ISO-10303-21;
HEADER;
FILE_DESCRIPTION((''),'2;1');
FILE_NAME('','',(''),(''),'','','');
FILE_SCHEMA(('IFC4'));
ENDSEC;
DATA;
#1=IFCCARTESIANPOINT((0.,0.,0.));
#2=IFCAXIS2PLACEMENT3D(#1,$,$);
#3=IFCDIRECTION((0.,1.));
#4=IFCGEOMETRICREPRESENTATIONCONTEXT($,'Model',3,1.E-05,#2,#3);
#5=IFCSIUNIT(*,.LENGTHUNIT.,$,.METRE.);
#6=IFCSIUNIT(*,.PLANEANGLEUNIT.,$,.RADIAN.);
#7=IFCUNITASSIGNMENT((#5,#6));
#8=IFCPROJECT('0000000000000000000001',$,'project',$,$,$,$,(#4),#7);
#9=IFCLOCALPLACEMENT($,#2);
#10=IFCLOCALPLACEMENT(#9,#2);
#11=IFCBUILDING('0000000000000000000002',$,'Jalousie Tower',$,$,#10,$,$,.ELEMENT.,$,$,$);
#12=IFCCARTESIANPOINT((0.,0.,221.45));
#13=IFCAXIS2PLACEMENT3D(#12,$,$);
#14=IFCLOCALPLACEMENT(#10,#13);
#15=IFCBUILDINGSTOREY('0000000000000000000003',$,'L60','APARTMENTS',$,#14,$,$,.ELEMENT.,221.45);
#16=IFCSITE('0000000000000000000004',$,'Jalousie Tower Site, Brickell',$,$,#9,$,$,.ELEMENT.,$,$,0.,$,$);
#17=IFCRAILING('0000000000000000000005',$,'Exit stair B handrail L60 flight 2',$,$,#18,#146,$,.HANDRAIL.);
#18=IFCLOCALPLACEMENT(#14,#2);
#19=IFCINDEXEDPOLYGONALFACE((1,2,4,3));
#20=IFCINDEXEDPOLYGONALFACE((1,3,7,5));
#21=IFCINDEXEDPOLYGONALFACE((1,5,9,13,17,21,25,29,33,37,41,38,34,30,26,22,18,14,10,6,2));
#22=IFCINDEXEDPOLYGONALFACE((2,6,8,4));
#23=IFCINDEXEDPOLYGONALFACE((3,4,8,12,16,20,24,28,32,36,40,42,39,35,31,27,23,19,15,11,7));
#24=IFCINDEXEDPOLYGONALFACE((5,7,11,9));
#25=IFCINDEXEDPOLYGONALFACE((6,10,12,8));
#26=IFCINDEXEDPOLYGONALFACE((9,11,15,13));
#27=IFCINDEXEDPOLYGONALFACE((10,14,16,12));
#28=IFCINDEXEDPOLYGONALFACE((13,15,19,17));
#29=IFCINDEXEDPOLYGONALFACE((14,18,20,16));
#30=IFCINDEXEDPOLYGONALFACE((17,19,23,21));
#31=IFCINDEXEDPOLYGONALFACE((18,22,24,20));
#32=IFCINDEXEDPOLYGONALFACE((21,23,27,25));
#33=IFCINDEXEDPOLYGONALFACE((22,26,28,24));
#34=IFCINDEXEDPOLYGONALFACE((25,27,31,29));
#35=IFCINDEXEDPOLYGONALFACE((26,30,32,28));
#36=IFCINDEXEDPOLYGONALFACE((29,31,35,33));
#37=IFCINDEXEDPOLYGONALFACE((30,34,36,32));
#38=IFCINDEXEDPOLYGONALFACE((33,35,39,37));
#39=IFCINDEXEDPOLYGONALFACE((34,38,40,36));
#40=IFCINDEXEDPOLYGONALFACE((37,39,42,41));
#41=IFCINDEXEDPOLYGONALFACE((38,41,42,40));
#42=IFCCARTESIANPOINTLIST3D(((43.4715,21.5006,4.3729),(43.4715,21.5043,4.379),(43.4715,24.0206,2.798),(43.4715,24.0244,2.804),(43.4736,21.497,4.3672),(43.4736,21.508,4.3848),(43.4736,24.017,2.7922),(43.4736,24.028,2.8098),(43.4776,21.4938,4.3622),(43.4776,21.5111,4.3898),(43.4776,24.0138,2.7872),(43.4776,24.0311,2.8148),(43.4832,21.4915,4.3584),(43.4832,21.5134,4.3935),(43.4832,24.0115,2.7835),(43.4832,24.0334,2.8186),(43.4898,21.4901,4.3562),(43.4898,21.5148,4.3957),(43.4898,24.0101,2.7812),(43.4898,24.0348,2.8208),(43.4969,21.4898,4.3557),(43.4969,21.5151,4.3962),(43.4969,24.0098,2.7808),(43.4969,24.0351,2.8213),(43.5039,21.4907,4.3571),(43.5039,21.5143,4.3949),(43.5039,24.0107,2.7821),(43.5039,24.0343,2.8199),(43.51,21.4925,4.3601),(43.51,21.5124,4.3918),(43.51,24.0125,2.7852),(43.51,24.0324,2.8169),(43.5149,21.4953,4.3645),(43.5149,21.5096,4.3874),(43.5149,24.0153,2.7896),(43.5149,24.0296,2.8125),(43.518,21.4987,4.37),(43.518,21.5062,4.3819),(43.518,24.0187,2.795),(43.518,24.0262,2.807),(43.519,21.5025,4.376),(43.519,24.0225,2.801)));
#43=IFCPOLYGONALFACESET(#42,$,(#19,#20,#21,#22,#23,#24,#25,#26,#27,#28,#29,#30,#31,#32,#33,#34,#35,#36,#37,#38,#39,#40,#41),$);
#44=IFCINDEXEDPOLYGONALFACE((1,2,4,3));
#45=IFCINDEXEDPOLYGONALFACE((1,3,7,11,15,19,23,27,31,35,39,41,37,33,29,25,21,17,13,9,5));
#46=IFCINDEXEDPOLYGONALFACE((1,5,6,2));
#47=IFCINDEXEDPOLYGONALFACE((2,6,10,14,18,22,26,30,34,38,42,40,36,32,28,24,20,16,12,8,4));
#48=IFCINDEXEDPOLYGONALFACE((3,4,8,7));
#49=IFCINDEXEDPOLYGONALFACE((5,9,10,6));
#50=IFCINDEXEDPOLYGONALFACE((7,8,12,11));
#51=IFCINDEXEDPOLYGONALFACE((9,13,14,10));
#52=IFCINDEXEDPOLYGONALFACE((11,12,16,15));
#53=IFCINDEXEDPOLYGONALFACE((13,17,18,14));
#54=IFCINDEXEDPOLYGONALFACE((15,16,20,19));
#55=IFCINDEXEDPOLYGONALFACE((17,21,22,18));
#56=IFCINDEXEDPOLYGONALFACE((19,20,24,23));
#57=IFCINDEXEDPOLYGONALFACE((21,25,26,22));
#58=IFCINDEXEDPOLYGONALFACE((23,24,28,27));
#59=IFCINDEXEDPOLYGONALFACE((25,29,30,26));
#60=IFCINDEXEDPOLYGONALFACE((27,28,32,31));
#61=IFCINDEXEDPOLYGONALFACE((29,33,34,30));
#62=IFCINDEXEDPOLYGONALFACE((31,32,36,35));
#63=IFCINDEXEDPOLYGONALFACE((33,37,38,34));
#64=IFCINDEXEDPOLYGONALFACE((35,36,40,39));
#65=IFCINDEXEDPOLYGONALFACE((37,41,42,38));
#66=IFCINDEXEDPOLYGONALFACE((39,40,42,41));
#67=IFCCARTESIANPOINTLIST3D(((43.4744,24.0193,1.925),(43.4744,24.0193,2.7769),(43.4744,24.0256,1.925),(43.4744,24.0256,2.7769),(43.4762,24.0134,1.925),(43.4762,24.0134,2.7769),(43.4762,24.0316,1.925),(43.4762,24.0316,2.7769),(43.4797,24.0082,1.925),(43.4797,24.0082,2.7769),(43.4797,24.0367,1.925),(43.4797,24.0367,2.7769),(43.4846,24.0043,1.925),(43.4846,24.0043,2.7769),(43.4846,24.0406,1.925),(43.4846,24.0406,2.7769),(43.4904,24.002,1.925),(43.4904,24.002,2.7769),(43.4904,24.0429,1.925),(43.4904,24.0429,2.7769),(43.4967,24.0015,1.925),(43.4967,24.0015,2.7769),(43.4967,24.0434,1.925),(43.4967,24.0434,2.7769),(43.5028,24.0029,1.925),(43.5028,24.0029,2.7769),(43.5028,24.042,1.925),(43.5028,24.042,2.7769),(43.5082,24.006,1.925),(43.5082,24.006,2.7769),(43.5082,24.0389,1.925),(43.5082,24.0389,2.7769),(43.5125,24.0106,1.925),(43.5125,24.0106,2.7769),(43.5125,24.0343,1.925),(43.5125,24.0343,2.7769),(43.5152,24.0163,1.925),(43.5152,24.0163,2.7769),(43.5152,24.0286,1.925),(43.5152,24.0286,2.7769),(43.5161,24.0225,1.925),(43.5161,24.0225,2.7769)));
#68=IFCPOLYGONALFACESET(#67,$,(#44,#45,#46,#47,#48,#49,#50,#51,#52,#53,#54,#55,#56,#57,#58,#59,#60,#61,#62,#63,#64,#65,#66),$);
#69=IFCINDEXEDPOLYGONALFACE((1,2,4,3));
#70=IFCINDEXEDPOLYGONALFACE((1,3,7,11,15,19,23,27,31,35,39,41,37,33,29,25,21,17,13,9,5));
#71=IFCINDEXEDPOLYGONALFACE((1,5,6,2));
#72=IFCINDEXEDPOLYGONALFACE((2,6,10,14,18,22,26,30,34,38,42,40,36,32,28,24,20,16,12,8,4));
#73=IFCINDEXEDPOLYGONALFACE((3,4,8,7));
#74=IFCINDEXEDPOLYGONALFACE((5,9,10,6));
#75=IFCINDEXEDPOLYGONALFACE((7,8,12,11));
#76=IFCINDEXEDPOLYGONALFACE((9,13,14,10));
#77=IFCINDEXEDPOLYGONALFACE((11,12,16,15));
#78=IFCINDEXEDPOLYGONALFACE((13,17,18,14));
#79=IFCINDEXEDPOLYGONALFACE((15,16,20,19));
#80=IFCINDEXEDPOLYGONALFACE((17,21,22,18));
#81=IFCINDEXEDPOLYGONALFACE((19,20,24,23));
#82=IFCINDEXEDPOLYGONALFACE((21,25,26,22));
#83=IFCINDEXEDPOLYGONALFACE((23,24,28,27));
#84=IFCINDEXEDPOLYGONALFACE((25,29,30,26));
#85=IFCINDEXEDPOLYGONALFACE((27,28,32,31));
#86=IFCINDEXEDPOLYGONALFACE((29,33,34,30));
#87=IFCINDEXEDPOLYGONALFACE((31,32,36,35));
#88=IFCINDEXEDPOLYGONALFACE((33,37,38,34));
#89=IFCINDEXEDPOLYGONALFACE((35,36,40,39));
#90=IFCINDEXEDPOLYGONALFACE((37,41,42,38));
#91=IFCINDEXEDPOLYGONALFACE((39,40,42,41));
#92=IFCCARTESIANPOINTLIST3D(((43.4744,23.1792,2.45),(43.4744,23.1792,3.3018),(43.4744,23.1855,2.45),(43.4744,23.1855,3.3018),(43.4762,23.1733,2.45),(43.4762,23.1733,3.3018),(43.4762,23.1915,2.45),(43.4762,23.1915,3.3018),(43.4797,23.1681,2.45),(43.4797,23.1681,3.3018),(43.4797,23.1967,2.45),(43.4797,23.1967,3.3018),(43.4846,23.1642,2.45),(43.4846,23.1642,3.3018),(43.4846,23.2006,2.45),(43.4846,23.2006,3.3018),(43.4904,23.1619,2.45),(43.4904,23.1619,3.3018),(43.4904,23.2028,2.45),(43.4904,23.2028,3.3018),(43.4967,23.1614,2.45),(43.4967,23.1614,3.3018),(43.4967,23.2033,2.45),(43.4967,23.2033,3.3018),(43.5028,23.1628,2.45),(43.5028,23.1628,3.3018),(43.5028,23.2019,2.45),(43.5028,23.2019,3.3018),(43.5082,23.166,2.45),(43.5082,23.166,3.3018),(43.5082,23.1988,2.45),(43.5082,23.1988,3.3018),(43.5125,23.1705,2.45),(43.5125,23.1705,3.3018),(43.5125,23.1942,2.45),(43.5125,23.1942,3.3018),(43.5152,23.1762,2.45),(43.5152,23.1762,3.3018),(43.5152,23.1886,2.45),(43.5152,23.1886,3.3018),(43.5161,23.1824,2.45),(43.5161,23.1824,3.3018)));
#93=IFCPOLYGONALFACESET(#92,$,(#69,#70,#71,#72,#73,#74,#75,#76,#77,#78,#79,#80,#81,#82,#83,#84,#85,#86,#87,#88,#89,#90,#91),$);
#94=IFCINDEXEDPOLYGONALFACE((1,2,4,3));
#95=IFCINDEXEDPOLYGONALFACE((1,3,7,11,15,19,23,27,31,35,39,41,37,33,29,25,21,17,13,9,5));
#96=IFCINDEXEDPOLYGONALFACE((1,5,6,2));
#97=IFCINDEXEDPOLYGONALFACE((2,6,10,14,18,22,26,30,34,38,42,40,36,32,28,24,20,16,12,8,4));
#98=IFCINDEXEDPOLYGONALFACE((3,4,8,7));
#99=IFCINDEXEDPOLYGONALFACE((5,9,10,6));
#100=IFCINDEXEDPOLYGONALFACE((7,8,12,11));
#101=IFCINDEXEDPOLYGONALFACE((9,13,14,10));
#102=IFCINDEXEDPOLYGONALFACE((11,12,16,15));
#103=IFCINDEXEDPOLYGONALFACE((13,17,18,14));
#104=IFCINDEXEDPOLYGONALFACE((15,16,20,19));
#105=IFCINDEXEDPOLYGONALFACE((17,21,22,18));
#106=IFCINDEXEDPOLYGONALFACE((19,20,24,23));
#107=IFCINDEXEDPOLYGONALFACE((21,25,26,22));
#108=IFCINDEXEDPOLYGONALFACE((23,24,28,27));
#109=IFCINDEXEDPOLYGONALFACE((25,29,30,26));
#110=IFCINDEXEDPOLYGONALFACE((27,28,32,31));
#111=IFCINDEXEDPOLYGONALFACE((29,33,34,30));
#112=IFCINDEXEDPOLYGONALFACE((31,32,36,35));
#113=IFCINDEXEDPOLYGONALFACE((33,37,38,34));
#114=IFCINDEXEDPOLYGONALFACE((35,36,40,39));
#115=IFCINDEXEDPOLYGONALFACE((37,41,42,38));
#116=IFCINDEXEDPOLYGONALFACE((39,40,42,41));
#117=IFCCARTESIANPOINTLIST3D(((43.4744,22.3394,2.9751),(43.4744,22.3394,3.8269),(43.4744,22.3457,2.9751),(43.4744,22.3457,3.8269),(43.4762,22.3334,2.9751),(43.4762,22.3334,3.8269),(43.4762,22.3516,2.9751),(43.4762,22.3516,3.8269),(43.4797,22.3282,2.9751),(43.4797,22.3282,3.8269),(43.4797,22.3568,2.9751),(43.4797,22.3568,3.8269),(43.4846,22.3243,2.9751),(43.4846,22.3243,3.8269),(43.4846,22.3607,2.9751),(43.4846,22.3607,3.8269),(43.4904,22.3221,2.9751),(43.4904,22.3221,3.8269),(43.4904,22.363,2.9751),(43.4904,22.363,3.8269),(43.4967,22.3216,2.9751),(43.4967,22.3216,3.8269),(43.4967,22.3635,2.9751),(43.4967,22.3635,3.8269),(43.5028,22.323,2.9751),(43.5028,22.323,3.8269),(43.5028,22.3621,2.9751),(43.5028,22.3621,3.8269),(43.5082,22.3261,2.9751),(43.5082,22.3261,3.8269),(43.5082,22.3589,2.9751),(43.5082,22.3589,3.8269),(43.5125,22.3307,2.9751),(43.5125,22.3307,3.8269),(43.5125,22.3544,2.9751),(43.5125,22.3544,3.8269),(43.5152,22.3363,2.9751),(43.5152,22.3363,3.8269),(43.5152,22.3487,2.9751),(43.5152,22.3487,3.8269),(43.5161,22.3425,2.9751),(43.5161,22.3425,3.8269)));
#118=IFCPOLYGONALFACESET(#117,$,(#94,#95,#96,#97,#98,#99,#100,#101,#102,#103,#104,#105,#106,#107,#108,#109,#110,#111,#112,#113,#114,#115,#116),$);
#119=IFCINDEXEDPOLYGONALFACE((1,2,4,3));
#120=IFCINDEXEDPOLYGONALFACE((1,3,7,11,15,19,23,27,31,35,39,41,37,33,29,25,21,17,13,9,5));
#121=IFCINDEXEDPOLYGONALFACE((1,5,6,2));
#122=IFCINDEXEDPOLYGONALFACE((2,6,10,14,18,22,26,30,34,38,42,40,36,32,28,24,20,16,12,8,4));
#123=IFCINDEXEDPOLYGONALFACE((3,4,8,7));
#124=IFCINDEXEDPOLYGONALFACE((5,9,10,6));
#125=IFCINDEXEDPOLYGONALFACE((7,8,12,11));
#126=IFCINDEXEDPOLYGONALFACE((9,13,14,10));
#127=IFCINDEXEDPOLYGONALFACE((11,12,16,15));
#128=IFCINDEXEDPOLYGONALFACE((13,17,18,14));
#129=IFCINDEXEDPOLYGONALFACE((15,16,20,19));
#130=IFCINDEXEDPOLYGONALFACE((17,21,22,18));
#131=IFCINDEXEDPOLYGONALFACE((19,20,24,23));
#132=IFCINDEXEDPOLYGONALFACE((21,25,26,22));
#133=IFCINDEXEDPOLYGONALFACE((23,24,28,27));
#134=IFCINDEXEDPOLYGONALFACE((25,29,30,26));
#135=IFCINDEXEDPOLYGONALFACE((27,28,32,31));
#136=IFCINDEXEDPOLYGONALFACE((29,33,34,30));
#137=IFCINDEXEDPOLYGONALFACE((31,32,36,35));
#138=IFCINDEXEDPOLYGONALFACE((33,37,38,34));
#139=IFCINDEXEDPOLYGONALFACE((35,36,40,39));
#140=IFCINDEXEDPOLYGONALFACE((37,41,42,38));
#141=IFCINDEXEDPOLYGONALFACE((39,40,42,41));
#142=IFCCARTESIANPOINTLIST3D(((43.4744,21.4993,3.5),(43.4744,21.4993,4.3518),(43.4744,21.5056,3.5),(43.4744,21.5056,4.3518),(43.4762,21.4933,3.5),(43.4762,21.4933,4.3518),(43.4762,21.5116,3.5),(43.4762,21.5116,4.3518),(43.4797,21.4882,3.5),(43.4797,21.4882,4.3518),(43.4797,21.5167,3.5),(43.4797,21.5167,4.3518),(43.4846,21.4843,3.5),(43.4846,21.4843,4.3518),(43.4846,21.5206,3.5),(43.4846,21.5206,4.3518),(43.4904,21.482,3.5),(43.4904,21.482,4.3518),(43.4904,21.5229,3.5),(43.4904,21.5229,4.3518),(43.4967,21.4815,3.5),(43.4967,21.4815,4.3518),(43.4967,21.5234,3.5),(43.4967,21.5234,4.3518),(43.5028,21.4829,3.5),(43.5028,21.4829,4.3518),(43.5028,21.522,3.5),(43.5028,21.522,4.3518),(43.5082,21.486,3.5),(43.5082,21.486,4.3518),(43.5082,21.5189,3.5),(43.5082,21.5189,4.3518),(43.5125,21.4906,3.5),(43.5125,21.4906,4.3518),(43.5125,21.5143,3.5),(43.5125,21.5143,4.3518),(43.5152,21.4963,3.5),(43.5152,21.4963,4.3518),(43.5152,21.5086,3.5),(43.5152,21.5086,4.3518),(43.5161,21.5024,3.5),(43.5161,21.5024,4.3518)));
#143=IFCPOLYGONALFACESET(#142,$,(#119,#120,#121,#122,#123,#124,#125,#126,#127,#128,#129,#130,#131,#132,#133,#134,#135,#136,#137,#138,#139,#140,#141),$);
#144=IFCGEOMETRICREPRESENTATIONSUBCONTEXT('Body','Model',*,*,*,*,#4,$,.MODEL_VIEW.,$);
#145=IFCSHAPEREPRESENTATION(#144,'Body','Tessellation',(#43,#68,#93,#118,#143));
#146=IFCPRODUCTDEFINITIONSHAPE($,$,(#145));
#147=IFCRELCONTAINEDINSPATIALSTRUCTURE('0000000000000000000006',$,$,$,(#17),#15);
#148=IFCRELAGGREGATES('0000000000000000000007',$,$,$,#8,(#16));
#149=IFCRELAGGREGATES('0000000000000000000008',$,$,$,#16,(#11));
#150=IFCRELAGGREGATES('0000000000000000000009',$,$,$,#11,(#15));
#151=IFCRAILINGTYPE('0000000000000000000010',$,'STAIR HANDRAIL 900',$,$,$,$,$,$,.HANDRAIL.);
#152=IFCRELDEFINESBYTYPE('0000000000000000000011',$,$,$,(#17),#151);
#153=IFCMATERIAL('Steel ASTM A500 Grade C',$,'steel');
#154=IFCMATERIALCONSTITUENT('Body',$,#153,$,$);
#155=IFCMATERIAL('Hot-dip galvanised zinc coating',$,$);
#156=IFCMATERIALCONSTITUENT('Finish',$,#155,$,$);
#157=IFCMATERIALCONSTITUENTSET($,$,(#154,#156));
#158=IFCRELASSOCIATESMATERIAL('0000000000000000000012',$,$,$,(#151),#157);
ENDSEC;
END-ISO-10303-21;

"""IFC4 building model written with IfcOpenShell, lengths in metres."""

from ifc_helpers import new_model, si_unit, direction, frame, origin, origin_2d, place, context, subcontext, project, spatial, circle, extrude, material, constituent, constituent_set, type_object, element, save


model = new_model("IFC4")

# Units and contexts
model_context = context("Model", 3, precision=1e-05, world=origin(), true_north=direction((0.0, 1.0)))
body_context = subcontext(model_context, "Body", "Model", "MODEL_VIEW")
ifc_project = project(units=[si_unit("LENGTHUNIT", "METRE"), si_unit("PLANEANGLEUNIT", "RADIAN")], contexts=[model_context])

# Site, building, storey
site_placement = place(None, origin())
site = spatial("IfcSite", under=ifc_project, at=site_placement, Name="Jalousie Tower Site, Brickell", CompositionType="ELEMENT", RefElevation=0.0)
building_placement = place(site_placement, origin())
building = spatial("IfcBuilding", under=site, at=building_placement, Name="Jalousie Tower", CompositionType="ELEMENT")
storey_placement = place(building_placement, frame((0.0, 0.0, 221.45)))
storey = spatial("IfcBuildingStorey", under=building, at=storey_placement, Name="L60", Description="APARTMENTS", CompositionType="ELEMENT", Elevation=221.45)

# Railing
ifc_material_1 = material(Name="Steel ASTM A500 Grade C", Category="steel")
ifc_constituent_1 = constituent(ifc_material_1, Name="Body")
ifc_material_2 = material(Name="Hot-dip galvanised zinc coating")
ifc_constituent_2 = constituent(ifc_material_2, Name="Finish")
ifc_constituent_set_1 = constituent_set(constituents=[ifc_constituent_1, ifc_constituent_2])
railing_type = type_object("IfcRailingType", Name="STAIR HANDRAIL 900", PredefinedType="HANDRAIL", material=ifc_constituent_set_1)
railing_placement = place(storey_placement, frame((43.4951, 24.0225, 1.925)))
element("IfcRailing", 1, at=railing_placement, inside=storey, type_object=railing_type, Name="Exit stair B handrail L60 flight 2", PredefinedType="HANDRAIL", context=body_context, shape_type="SweptSolid", body=[
    extrude(circle(Radius=0.0239, at=origin_2d()), frame((0.0, 0.0, 0.876), z_axis=(0.0, -0.848008, 0.529984), x_axis=(1.0, 0.0, 0.0)), (0.0, 0.0, 1.0), 2.9717),
    extrude(circle(Radius=0.021, at=origin_2d()), origin(), (0.0, 0.0, 1.0), 0.8518),
    extrude(circle(Radius=0.021, at=origin_2d()), frame((0.0, -0.8401, 0.5249)), (0.0, 0.0, 1.0), 0.8518),
    extrude(circle(Radius=0.021, at=origin_2d()), frame((0.0, -1.6799, 1.05)), (0.0, 0.0, 1.0), 0.8518),
    extrude(circle(Radius=0.021, at=origin_2d()), frame((0.0, -2.52, 1.575)), (0.0, 0.0, 1.0), 0.8518),
])

save(model, "model.ifc")
